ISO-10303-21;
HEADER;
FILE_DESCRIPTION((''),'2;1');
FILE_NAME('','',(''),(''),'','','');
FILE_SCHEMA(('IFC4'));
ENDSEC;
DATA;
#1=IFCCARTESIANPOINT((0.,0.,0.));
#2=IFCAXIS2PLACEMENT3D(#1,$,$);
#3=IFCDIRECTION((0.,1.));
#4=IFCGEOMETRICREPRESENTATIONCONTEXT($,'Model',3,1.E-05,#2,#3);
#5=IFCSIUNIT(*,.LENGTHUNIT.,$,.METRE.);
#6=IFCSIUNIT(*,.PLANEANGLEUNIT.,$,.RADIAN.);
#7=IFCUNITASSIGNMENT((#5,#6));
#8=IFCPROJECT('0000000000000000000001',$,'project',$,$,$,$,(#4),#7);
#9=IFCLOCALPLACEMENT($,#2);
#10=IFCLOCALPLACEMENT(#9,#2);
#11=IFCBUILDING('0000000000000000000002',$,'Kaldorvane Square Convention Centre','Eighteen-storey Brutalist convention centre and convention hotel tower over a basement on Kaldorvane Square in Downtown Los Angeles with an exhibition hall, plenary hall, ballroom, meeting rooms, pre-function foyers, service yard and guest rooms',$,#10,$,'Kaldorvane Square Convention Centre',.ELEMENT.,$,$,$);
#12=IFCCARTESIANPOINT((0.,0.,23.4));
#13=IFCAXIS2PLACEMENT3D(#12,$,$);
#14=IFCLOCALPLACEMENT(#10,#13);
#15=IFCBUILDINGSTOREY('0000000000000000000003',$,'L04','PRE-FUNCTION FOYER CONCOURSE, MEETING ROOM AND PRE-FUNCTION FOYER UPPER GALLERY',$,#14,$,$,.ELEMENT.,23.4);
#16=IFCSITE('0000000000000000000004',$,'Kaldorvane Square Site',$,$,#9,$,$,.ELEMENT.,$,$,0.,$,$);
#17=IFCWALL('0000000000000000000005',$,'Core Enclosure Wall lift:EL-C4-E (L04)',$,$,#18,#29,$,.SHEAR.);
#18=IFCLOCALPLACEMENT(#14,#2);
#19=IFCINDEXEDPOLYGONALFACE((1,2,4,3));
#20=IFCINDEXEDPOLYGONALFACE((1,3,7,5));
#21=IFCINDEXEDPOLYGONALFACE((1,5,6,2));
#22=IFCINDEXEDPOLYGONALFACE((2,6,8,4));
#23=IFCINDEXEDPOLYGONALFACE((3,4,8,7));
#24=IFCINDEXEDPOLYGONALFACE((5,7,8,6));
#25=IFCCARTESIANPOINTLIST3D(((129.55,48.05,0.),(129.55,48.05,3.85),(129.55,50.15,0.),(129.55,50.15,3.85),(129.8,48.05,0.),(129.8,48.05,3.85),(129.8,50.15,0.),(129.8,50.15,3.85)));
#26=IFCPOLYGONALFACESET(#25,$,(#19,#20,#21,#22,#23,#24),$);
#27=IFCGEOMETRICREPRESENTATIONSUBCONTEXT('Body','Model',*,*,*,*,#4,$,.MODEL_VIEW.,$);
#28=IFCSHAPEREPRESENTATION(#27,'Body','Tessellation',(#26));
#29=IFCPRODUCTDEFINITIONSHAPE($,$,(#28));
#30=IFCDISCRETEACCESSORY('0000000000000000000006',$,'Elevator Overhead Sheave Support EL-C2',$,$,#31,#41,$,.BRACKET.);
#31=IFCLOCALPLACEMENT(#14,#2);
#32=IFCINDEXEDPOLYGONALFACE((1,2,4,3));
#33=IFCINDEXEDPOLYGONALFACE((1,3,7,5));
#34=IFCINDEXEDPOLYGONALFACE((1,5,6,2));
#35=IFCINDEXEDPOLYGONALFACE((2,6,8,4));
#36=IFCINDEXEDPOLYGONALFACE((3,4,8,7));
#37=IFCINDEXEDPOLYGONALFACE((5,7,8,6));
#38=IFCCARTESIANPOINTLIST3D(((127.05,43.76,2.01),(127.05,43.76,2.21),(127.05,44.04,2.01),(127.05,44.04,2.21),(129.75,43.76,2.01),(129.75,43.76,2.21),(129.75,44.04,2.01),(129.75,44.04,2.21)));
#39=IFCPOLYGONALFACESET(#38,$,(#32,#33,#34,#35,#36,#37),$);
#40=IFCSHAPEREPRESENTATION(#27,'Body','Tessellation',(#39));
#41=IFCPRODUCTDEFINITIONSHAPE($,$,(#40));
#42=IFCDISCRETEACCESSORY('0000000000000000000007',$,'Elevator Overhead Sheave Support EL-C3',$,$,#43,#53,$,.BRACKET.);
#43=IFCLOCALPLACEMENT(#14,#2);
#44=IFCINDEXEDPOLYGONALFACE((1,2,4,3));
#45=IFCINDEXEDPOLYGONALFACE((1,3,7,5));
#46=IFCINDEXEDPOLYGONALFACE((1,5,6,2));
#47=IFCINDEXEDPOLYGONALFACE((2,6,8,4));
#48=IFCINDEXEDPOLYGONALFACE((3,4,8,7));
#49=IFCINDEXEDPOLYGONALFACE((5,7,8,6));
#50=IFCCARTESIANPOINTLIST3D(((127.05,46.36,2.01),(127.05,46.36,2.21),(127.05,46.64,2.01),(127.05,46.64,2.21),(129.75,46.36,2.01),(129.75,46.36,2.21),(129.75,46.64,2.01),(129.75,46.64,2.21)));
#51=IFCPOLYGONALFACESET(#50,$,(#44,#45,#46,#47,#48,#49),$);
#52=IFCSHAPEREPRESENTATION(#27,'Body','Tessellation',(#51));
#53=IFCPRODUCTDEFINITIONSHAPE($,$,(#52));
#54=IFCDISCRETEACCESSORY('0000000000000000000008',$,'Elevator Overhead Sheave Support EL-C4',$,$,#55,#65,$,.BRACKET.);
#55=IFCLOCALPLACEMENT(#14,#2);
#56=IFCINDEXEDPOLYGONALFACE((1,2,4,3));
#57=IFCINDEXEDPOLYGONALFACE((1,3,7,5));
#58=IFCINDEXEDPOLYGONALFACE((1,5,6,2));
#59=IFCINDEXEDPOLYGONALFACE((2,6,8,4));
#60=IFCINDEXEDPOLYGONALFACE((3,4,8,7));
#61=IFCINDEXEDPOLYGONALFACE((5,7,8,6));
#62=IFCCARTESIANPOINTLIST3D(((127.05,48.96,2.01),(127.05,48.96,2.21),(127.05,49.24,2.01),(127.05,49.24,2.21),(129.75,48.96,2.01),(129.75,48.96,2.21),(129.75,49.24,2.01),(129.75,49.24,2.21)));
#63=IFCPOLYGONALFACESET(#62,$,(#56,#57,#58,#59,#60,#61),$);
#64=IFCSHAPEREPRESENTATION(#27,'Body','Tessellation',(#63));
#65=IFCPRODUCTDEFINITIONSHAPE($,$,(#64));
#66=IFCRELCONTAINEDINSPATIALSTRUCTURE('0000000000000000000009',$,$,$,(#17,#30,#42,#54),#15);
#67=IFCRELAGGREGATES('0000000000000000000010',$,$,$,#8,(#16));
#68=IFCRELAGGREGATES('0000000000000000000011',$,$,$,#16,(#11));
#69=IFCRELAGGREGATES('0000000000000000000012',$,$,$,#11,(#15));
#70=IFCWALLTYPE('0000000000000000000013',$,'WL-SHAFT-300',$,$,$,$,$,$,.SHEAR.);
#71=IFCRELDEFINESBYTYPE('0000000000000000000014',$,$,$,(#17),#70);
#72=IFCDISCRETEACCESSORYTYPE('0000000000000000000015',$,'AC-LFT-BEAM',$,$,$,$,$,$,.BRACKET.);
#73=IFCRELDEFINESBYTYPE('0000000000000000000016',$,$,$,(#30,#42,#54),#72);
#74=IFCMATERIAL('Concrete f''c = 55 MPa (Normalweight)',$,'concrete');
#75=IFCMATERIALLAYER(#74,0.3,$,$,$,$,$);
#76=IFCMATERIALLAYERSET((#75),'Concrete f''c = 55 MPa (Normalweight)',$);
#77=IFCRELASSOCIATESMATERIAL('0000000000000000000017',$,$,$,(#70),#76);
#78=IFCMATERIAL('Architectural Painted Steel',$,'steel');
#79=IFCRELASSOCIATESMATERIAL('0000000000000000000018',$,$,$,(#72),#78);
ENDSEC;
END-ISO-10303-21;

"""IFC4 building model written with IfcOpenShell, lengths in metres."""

from ifc_helpers import new_model, si_unit, direction, frame, frame_2d, origin, origin_2d, place, context, subcontext, project, spatial, rectangle, extrude, material, layer, layer_set, type_object, element, save


model = new_model("IFC4")

# Units and contexts
model_context = context("Model", 3, precision=1e-05, world=origin(), true_north=direction((0.0, 1.0)))
body_context = subcontext(model_context, "Body", "Model", "MODEL_VIEW")
ifc_project = project(units=[si_unit("LENGTHUNIT", "METRE"), si_unit("PLANEANGLEUNIT", "RADIAN")], contexts=[model_context])

# Site, building, storey
site_placement = place(None, origin())
site = spatial("IfcSite", under=ifc_project, at=site_placement, Name="Kaldorvane Square Site", CompositionType="ELEMENT", RefElevation=0.0)
building_placement = place(site_placement, origin())
building = spatial("IfcBuilding", under=site, at=building_placement, Name="Kaldorvane Square Convention Centre", Description="Eighteen-storey Brutalist convention centre and convention hotel tower over a basement on Kaldorvane Square in Downtown Los Angeles with an exhibition hall, plenary hall, ballroom, meeting rooms, pre-function foyers, service yard and guest rooms", LongName="Kaldorvane Square Convention Centre", CompositionType="ELEMENT")
storey_placement = place(building_placement, frame((0.0, 0.0, 23.4)))
storey = spatial("IfcBuildingStorey", under=building, at=storey_placement, Name="L04", Description="PRE-FUNCTION FOYER CONCOURSE, MEETING ROOM AND PRE-FUNCTION FOYER UPPER GALLERY", CompositionType="ELEMENT", Elevation=23.4)

# Shared definitions
ifc_material_1 = material(Name="Concrete f'c = 55 MPa (Normalweight)", Category="concrete")
ifc_layer_1 = layer(ifc_material_1, 0.3)
ifc_layer_set_1 = layer_set([ifc_layer_1], Name="Concrete f'c = 55 MPa (Normalweight)")
wall_type_1 = type_object("IfcWallType", Name="WL-SHAFT-300", PredefinedType="SHEAR", material=ifc_layer_set_1)

# Wall
wall_1_placement = place(storey_placement, frame((129.675, 48.05, 0.0), z_axis=(0.0, 0.0, 1.0), x_axis=(0.0, 1.0, 0.0)))
element("IfcWall", 1, at=wall_1_placement, inside=storey, type_object=wall_type_1, Name="Core Enclosure Wall lift:EL-C4-E (L04)", PredefinedType="SHEAR", context=body_context, shape_type="SweptSolid", body=[
    extrude(rectangle(XDim=2.1, YDim=0.25, at=frame_2d((1.05, 0.0))), origin(), (0.0, 0.0, 1.0), 3.85),
])

# Discrete accessories
ifc_material_2 = material(Name="Architectural Painted Steel", Category="steel")
discrete_accessory_type = type_object("IfcDiscreteAccessoryType", Name="AC-LFT-BEAM", PredefinedType="BRACKET", material=ifc_material_2)
for number, where, z_axis, x_axis, name in (
    (2, (128.4, 43.9, 2.01), (0.0, 0.0, 1.0), (1.0, 0.0, 0.0), "Elevator Overhead Sheave Support EL-C2"),
    (3, (128.4, 46.5, 2.01), (0.0, 0.0, 1.0), (1.0, 0.0, 0.0), "Elevator Overhead Sheave Support EL-C3"),
    (4, (128.4, 49.1, 2.01), (0.0, 0.0, 1.0), (1.0, 0.0, 0.0), "Elevator Overhead Sheave Support EL-C4"),
):
    element("IfcDiscreteAccessory", number, at=place(storey_placement, frame(where, z_axis=z_axis, x_axis=x_axis)), inside=storey, type_object=discrete_accessory_type, Name=name, PredefinedType="BRACKET", context=body_context, shape_type="SweptSolid", body=[
        extrude(rectangle(XDim=2.7, YDim=0.28, at=origin_2d()), origin(), (0.0, 0.0, 1.0), 0.2),
    ])

save(model, "model.ifc")
